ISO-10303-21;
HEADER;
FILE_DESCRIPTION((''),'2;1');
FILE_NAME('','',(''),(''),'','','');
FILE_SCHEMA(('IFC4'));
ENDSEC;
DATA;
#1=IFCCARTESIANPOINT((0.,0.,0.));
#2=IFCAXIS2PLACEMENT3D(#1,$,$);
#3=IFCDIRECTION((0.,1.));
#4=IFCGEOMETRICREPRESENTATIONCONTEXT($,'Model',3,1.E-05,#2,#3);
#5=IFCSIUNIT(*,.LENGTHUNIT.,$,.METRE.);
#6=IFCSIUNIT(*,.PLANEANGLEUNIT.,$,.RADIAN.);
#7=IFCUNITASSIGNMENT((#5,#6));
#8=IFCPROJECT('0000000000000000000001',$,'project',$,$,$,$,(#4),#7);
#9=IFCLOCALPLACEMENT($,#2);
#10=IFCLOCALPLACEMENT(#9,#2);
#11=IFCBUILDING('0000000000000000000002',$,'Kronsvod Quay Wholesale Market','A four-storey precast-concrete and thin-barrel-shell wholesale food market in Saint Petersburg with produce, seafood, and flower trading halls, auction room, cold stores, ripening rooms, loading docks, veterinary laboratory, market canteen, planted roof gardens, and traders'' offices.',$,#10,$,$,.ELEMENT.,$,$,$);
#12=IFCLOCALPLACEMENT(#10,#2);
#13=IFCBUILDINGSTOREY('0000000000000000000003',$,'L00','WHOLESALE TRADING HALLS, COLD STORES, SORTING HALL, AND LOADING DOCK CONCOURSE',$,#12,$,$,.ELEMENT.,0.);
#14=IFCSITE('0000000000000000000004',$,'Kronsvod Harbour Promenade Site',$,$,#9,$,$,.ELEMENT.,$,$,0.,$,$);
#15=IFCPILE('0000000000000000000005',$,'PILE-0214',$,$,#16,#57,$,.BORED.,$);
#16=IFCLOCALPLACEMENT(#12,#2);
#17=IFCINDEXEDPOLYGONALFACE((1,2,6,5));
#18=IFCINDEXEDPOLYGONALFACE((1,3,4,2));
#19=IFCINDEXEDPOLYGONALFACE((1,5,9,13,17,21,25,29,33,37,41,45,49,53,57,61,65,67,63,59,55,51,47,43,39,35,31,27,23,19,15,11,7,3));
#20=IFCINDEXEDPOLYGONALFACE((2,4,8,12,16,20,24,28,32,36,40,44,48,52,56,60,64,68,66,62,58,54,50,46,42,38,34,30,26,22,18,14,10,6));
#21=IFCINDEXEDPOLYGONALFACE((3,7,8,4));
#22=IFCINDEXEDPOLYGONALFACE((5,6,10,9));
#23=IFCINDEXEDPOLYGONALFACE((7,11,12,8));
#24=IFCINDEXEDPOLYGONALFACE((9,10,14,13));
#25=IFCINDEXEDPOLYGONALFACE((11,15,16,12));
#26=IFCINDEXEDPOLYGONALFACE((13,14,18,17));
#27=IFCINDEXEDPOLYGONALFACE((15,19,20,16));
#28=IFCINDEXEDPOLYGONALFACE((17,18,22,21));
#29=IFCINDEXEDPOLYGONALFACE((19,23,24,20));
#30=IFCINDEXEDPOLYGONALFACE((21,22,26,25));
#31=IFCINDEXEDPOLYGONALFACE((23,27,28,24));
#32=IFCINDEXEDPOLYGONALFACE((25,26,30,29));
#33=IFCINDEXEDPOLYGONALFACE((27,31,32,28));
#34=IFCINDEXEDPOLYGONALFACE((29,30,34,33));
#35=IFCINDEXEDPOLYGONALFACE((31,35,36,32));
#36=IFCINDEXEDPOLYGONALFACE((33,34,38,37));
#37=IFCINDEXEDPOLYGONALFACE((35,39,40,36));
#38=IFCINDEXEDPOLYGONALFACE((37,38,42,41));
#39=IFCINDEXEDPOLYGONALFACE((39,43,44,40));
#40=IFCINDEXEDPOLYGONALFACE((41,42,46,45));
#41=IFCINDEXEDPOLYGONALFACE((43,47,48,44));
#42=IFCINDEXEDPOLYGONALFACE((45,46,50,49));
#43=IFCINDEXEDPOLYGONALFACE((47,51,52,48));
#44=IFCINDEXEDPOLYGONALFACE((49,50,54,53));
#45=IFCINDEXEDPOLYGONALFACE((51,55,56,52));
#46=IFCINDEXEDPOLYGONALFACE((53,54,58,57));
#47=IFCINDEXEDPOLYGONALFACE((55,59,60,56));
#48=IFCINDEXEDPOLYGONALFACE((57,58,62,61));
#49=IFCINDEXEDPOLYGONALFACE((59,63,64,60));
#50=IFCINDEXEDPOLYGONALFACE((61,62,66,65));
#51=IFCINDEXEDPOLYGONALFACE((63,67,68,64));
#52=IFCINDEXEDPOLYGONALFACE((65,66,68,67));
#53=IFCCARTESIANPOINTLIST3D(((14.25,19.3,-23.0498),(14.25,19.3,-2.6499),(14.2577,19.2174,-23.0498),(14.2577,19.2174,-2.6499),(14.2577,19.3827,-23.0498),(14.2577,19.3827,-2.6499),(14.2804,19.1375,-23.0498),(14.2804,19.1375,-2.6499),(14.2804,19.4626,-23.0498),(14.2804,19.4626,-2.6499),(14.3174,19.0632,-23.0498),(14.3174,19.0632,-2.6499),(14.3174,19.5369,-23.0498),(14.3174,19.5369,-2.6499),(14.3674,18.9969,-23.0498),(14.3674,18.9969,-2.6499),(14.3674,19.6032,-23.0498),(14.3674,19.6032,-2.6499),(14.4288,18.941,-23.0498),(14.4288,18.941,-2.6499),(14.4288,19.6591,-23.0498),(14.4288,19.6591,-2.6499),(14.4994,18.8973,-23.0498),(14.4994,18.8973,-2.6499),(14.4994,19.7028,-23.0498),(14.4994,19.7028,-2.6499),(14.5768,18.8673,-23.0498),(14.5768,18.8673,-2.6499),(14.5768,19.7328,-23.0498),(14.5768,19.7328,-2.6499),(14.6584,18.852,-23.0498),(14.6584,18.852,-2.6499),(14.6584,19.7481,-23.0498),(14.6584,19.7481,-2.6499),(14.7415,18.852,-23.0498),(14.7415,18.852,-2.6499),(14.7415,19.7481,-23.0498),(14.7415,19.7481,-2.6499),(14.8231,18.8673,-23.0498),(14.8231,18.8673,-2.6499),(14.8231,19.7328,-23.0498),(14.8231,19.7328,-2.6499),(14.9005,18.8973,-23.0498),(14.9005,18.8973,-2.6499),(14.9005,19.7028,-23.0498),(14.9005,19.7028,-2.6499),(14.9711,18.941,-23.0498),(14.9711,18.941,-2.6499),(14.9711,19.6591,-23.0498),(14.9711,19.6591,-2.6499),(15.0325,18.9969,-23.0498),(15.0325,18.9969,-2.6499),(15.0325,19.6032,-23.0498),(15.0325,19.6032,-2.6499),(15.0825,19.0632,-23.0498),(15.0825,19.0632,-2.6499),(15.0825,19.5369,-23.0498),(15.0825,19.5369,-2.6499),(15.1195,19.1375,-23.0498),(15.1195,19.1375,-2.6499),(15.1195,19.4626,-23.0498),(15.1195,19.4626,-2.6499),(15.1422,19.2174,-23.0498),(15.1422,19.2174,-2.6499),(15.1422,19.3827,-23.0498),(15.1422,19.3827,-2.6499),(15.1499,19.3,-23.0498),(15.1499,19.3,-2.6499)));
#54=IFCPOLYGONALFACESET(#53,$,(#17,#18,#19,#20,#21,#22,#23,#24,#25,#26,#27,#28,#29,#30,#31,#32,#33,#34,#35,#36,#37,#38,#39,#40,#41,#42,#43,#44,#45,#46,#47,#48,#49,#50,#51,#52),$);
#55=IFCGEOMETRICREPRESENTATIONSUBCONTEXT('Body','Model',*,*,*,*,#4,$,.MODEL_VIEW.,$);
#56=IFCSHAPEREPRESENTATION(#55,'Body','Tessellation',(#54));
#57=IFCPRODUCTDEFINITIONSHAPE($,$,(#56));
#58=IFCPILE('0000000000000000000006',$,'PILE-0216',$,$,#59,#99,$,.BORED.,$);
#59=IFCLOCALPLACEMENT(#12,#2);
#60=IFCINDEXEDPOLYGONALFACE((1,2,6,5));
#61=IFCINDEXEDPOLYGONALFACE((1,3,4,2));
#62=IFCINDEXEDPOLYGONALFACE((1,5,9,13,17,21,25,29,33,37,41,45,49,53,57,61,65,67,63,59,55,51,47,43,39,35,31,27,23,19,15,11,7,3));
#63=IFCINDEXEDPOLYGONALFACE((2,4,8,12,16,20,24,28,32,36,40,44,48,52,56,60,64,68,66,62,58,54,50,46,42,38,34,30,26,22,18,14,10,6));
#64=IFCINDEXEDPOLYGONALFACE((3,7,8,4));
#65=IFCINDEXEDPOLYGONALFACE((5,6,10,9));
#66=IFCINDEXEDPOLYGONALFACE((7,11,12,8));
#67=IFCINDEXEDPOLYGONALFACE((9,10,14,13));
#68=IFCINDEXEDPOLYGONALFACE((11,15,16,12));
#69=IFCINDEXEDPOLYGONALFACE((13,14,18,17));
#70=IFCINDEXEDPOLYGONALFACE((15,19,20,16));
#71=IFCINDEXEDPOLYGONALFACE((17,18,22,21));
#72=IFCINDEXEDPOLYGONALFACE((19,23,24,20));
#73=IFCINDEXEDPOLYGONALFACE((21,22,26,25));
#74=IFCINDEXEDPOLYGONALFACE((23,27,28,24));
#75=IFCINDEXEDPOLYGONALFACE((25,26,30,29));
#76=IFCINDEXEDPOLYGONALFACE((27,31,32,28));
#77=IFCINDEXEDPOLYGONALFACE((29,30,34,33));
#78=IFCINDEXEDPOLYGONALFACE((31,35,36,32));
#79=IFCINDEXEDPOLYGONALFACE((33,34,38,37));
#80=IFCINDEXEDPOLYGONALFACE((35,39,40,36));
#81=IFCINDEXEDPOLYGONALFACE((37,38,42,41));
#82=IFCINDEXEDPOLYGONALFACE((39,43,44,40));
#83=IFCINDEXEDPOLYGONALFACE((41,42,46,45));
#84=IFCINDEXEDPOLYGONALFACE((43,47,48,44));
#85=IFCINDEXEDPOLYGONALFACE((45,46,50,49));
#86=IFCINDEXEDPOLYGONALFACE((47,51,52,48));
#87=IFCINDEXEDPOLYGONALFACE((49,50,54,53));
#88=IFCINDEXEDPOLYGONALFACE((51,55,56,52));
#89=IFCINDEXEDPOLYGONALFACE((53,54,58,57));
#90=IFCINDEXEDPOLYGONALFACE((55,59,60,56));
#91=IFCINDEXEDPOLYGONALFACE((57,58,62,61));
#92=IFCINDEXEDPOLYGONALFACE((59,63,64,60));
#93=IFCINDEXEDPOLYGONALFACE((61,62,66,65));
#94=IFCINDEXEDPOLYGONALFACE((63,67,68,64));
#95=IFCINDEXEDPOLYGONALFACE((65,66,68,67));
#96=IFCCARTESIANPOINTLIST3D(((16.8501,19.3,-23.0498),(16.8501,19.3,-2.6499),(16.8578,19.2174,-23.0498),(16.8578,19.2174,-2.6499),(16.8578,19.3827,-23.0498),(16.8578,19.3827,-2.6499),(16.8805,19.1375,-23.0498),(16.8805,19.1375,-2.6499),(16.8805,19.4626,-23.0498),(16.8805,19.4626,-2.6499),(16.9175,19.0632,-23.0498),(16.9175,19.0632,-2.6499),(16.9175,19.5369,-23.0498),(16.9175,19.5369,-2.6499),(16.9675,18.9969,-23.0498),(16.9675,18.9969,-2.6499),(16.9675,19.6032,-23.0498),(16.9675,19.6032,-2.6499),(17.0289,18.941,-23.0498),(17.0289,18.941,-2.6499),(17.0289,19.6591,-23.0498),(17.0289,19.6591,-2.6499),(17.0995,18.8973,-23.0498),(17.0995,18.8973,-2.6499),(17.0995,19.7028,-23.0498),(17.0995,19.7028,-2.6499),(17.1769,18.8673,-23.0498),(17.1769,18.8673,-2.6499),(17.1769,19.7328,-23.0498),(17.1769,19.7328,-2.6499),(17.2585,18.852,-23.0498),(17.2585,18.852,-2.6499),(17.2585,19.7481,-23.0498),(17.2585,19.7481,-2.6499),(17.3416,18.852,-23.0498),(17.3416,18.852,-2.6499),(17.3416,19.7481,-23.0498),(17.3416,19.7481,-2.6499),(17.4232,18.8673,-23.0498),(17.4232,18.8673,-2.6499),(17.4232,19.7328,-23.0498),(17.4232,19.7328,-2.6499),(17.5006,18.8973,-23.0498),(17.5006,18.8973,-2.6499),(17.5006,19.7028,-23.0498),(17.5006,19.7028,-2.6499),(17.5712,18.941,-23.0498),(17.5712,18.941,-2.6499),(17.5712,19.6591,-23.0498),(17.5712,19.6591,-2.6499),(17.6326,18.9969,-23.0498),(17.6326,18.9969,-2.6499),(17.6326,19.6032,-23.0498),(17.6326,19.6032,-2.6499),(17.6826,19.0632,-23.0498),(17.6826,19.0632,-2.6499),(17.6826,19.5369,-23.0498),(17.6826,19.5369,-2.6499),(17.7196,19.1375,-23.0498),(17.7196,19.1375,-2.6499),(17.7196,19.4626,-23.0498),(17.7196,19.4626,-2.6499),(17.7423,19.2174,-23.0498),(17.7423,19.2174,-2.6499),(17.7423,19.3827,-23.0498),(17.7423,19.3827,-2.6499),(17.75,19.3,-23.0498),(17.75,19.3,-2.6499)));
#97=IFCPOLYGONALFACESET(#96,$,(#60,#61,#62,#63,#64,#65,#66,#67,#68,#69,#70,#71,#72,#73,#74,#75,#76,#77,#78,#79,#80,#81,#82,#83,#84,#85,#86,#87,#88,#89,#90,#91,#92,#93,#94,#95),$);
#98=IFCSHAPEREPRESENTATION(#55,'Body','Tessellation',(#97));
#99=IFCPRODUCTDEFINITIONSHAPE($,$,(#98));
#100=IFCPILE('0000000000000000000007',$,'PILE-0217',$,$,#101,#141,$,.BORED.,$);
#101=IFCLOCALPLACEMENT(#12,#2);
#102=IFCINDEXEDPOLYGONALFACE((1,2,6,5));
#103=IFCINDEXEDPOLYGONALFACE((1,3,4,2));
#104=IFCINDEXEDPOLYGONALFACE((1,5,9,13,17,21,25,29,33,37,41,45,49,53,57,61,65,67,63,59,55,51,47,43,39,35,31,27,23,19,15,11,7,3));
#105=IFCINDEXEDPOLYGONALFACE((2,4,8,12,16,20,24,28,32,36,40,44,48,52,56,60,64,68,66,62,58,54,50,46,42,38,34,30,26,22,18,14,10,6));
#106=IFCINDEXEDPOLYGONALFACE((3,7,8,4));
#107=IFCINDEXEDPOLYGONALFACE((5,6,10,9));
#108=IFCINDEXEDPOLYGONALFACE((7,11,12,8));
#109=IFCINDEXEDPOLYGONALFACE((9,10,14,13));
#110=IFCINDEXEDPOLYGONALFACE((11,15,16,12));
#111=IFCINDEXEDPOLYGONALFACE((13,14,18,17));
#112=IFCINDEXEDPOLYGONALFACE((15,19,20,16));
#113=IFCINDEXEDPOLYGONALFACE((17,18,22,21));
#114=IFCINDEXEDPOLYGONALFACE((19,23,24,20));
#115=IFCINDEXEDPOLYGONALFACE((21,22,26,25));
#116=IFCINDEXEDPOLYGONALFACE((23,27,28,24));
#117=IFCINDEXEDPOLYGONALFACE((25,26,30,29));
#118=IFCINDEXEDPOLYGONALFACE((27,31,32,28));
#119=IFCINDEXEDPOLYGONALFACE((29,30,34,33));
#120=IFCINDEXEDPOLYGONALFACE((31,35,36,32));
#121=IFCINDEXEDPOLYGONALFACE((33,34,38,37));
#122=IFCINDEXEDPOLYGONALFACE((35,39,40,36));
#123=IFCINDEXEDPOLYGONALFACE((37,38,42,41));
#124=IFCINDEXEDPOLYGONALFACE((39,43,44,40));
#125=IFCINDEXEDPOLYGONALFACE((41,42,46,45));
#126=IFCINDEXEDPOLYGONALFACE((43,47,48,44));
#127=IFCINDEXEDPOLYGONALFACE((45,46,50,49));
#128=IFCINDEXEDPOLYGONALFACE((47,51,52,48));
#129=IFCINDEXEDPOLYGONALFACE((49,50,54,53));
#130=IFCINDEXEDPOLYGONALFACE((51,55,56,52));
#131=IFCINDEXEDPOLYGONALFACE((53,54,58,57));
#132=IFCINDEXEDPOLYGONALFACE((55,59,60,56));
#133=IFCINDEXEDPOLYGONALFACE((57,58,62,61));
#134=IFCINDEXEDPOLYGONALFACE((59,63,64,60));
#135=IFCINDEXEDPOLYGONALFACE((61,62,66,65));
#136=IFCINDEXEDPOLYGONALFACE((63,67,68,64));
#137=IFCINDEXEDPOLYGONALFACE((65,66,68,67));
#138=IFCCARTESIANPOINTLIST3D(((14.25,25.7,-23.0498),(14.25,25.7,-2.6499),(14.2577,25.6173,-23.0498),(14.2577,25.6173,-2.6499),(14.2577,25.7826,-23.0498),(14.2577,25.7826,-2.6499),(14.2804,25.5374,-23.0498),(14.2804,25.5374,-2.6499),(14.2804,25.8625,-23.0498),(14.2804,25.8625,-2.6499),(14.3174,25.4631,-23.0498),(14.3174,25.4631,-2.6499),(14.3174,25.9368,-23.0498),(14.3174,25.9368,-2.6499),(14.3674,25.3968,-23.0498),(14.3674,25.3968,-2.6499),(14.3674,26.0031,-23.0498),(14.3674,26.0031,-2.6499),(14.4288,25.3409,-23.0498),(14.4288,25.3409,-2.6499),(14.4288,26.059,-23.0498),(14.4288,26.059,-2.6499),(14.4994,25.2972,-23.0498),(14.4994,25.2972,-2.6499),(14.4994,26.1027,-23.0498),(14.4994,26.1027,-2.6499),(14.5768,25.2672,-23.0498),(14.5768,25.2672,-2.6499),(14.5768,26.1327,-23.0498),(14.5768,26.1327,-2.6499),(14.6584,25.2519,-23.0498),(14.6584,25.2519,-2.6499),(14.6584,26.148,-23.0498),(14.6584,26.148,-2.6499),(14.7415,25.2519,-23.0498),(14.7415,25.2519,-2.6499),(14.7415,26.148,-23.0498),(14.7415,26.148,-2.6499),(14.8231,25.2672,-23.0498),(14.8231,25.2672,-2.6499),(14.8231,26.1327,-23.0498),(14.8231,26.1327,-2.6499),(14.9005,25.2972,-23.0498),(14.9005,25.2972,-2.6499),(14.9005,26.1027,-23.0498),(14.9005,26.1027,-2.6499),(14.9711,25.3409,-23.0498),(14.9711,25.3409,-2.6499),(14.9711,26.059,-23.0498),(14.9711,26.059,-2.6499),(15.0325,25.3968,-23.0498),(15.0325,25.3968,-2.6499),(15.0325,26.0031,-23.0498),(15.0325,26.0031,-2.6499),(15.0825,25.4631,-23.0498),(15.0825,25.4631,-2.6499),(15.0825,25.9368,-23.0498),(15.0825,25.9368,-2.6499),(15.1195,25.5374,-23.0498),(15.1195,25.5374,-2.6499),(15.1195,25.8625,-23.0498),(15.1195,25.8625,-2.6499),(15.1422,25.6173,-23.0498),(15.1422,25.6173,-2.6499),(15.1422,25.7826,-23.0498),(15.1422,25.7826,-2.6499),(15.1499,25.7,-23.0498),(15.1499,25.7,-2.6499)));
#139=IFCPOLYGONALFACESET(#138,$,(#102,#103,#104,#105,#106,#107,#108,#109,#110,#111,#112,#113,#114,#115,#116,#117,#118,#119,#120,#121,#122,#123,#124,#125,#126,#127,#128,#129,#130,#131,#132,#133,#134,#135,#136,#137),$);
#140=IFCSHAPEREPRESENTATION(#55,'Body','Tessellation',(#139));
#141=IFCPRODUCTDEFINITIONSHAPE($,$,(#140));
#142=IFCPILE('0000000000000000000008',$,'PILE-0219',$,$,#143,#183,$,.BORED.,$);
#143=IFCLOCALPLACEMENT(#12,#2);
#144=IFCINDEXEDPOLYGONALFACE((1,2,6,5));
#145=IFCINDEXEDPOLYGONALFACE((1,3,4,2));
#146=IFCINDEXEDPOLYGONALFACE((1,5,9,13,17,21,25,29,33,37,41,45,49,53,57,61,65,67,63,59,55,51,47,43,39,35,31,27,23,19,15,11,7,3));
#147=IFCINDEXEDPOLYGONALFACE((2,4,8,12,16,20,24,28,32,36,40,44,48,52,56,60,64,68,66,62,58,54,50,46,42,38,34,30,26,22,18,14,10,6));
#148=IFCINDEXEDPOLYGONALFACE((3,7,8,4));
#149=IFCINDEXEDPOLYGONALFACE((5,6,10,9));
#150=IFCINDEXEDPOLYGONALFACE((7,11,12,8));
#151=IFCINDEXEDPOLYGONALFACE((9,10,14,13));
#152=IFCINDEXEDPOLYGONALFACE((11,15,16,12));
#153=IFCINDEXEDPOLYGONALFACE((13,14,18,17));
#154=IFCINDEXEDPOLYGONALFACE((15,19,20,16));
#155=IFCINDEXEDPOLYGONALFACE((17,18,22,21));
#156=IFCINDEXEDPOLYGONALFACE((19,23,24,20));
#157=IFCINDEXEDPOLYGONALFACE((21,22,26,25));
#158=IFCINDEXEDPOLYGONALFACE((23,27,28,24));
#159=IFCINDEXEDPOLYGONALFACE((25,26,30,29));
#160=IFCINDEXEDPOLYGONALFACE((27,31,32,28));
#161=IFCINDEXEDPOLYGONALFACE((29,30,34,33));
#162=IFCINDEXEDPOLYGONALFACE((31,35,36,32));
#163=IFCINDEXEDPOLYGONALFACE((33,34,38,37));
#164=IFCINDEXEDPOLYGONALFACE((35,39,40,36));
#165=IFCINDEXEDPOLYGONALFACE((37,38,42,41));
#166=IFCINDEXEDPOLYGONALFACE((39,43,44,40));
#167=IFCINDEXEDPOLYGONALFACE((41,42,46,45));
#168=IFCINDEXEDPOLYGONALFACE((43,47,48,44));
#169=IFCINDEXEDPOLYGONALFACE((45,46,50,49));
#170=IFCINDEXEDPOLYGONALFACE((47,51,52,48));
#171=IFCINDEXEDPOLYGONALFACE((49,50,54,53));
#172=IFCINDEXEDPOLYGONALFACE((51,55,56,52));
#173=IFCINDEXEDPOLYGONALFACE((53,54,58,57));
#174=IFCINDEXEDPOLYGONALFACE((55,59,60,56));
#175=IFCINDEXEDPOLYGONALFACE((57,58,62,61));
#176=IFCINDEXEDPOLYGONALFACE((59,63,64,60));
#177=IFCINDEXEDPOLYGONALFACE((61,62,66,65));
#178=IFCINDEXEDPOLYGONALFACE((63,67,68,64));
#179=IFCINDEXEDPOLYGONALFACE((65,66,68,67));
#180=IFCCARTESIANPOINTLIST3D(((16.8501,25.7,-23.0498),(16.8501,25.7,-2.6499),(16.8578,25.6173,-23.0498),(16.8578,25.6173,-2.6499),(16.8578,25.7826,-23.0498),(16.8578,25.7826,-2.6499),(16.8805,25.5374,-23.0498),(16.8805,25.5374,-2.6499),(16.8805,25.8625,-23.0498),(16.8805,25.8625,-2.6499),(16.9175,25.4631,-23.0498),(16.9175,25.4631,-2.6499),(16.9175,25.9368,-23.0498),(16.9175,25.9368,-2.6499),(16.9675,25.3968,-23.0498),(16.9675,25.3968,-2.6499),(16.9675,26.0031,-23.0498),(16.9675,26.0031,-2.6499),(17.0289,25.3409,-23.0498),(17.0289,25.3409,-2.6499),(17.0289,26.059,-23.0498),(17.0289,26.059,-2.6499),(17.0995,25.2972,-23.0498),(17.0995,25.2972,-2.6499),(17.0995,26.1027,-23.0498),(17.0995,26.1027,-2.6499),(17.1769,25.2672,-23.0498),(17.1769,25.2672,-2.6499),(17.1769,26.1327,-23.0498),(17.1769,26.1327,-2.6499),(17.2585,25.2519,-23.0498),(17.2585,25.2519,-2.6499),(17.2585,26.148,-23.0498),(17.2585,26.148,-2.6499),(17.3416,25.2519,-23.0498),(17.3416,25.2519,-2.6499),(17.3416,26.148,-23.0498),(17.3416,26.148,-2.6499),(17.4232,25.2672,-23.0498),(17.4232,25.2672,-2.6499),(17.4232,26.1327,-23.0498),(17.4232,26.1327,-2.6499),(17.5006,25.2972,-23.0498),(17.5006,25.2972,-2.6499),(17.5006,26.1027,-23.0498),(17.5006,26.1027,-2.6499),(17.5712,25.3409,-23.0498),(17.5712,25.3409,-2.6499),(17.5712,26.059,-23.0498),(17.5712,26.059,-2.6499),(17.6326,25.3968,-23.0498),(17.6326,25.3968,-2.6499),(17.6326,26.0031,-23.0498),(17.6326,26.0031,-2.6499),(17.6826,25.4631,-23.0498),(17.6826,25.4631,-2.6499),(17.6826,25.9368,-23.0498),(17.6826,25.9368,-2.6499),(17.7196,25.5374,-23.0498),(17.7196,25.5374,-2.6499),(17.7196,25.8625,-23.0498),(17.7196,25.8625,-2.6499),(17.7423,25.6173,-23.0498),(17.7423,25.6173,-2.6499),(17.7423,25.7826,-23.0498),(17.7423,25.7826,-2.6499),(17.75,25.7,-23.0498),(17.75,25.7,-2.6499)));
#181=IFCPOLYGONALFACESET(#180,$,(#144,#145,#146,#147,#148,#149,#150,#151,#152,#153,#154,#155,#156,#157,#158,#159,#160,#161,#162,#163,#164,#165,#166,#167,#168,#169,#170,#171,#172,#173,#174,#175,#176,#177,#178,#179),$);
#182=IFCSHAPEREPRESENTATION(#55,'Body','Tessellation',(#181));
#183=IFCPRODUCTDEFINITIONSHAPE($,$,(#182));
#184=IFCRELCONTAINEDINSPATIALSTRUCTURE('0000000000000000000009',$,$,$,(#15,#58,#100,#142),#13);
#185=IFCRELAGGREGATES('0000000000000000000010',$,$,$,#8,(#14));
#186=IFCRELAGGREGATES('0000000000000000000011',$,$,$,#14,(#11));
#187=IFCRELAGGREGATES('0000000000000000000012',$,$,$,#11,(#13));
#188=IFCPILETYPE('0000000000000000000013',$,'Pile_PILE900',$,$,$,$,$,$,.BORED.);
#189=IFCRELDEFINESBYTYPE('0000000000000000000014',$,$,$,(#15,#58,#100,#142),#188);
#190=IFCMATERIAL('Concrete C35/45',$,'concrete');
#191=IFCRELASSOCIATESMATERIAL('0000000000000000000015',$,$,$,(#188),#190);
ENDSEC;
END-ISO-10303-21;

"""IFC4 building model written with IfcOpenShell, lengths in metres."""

from ifc_helpers import new_model, si_unit, direction, frame, origin, origin_2d, place, context, subcontext, project, spatial, circle, extrude, material, material_profile, profile_set, type_object, element, save


model = new_model("IFC4")

# Units and contexts
model_context = context("Model", 3, precision=1e-05, world=origin(), true_north=direction((0.0, 1.0)))
body_context = subcontext(model_context, "Body", "Model", "MODEL_VIEW")
ifc_project = project(units=[si_unit("LENGTHUNIT", "METRE"), si_unit("PLANEANGLEUNIT", "RADIAN")], contexts=[model_context])

# Site, building, storey
site_placement = place(None, origin())
site = spatial("IfcSite", under=ifc_project, at=site_placement, Name="Kronsvod Harbour Promenade Site", CompositionType="ELEMENT", RefElevation=0.0)
building_placement = place(site_placement, origin())
building = spatial("IfcBuilding", under=site, at=building_placement, Name="Kronsvod Quay Wholesale Market", Description="A four-storey precast-concrete and thin-barrel-shell wholesale food market in Saint Petersburg with produce, seafood, and flower trading halls, auction room, cold stores, ripening rooms, loading docks, veterinary laboratory, market canteen, planted roof gardens, and traders' offices.", CompositionType="ELEMENT")
storey_placement = place(building_placement, origin())
storey = spatial("IfcBuildingStorey", under=building, at=storey_placement, Name="L00", Description="WHOLESALE TRADING HALLS, COLD STORES, SORTING HALL, AND LOADING DOCK CONCOURSE", CompositionType="ELEMENT", Elevation=0.0)

# Piles
ifc_material_1 = material(Name="Concrete C35/45", Category="concrete")
ifc_material_profile_1 = material_profile(ifc_material_1, circle(Radius=0.45, at=origin_2d()), Name="PILE900")
ifc_profile_set_1 = profile_set([ifc_material_profile_1], Name="Concrete C35/45")
pile_type = type_object("IfcPileType", Name="Pile_PILE900", PredefinedType="BORED", material=ifc_profile_set_1)
for number, where, z_axis, x_axis, name in (
    (1, (14.7, 19.3, -2.6499), (0.0, 0.0, -1.0), (1.0, 0.0, 0.0), "PILE-0214"),
    (2, (17.3, 19.3, -2.6499), (0.0, 0.0, -1.0), (1.0, 0.0, 0.0), "PILE-0216"),
    (3, (14.7, 25.7, -2.6499), (0.0, 0.0, -1.0), (1.0, 0.0, 0.0), "PILE-0217"),
    (4, (17.3, 25.7, -2.6499), (0.0, 0.0, -1.0), (1.0, 0.0, 0.0), "PILE-0219"),
):
    element("IfcPile", number, at=place(storey_placement, frame(where, z_axis=z_axis, x_axis=x_axis)), inside=storey, type_object=pile_type, Name=name, PredefinedType="BORED", context=body_context, shape_type="SweptSolid", body=[
        extrude(circle(Radius=0.45, at=origin_2d()), origin(), (0.0, 0.0, 1.0), 20.3999),
    ])

save(model, "model.ifc")
